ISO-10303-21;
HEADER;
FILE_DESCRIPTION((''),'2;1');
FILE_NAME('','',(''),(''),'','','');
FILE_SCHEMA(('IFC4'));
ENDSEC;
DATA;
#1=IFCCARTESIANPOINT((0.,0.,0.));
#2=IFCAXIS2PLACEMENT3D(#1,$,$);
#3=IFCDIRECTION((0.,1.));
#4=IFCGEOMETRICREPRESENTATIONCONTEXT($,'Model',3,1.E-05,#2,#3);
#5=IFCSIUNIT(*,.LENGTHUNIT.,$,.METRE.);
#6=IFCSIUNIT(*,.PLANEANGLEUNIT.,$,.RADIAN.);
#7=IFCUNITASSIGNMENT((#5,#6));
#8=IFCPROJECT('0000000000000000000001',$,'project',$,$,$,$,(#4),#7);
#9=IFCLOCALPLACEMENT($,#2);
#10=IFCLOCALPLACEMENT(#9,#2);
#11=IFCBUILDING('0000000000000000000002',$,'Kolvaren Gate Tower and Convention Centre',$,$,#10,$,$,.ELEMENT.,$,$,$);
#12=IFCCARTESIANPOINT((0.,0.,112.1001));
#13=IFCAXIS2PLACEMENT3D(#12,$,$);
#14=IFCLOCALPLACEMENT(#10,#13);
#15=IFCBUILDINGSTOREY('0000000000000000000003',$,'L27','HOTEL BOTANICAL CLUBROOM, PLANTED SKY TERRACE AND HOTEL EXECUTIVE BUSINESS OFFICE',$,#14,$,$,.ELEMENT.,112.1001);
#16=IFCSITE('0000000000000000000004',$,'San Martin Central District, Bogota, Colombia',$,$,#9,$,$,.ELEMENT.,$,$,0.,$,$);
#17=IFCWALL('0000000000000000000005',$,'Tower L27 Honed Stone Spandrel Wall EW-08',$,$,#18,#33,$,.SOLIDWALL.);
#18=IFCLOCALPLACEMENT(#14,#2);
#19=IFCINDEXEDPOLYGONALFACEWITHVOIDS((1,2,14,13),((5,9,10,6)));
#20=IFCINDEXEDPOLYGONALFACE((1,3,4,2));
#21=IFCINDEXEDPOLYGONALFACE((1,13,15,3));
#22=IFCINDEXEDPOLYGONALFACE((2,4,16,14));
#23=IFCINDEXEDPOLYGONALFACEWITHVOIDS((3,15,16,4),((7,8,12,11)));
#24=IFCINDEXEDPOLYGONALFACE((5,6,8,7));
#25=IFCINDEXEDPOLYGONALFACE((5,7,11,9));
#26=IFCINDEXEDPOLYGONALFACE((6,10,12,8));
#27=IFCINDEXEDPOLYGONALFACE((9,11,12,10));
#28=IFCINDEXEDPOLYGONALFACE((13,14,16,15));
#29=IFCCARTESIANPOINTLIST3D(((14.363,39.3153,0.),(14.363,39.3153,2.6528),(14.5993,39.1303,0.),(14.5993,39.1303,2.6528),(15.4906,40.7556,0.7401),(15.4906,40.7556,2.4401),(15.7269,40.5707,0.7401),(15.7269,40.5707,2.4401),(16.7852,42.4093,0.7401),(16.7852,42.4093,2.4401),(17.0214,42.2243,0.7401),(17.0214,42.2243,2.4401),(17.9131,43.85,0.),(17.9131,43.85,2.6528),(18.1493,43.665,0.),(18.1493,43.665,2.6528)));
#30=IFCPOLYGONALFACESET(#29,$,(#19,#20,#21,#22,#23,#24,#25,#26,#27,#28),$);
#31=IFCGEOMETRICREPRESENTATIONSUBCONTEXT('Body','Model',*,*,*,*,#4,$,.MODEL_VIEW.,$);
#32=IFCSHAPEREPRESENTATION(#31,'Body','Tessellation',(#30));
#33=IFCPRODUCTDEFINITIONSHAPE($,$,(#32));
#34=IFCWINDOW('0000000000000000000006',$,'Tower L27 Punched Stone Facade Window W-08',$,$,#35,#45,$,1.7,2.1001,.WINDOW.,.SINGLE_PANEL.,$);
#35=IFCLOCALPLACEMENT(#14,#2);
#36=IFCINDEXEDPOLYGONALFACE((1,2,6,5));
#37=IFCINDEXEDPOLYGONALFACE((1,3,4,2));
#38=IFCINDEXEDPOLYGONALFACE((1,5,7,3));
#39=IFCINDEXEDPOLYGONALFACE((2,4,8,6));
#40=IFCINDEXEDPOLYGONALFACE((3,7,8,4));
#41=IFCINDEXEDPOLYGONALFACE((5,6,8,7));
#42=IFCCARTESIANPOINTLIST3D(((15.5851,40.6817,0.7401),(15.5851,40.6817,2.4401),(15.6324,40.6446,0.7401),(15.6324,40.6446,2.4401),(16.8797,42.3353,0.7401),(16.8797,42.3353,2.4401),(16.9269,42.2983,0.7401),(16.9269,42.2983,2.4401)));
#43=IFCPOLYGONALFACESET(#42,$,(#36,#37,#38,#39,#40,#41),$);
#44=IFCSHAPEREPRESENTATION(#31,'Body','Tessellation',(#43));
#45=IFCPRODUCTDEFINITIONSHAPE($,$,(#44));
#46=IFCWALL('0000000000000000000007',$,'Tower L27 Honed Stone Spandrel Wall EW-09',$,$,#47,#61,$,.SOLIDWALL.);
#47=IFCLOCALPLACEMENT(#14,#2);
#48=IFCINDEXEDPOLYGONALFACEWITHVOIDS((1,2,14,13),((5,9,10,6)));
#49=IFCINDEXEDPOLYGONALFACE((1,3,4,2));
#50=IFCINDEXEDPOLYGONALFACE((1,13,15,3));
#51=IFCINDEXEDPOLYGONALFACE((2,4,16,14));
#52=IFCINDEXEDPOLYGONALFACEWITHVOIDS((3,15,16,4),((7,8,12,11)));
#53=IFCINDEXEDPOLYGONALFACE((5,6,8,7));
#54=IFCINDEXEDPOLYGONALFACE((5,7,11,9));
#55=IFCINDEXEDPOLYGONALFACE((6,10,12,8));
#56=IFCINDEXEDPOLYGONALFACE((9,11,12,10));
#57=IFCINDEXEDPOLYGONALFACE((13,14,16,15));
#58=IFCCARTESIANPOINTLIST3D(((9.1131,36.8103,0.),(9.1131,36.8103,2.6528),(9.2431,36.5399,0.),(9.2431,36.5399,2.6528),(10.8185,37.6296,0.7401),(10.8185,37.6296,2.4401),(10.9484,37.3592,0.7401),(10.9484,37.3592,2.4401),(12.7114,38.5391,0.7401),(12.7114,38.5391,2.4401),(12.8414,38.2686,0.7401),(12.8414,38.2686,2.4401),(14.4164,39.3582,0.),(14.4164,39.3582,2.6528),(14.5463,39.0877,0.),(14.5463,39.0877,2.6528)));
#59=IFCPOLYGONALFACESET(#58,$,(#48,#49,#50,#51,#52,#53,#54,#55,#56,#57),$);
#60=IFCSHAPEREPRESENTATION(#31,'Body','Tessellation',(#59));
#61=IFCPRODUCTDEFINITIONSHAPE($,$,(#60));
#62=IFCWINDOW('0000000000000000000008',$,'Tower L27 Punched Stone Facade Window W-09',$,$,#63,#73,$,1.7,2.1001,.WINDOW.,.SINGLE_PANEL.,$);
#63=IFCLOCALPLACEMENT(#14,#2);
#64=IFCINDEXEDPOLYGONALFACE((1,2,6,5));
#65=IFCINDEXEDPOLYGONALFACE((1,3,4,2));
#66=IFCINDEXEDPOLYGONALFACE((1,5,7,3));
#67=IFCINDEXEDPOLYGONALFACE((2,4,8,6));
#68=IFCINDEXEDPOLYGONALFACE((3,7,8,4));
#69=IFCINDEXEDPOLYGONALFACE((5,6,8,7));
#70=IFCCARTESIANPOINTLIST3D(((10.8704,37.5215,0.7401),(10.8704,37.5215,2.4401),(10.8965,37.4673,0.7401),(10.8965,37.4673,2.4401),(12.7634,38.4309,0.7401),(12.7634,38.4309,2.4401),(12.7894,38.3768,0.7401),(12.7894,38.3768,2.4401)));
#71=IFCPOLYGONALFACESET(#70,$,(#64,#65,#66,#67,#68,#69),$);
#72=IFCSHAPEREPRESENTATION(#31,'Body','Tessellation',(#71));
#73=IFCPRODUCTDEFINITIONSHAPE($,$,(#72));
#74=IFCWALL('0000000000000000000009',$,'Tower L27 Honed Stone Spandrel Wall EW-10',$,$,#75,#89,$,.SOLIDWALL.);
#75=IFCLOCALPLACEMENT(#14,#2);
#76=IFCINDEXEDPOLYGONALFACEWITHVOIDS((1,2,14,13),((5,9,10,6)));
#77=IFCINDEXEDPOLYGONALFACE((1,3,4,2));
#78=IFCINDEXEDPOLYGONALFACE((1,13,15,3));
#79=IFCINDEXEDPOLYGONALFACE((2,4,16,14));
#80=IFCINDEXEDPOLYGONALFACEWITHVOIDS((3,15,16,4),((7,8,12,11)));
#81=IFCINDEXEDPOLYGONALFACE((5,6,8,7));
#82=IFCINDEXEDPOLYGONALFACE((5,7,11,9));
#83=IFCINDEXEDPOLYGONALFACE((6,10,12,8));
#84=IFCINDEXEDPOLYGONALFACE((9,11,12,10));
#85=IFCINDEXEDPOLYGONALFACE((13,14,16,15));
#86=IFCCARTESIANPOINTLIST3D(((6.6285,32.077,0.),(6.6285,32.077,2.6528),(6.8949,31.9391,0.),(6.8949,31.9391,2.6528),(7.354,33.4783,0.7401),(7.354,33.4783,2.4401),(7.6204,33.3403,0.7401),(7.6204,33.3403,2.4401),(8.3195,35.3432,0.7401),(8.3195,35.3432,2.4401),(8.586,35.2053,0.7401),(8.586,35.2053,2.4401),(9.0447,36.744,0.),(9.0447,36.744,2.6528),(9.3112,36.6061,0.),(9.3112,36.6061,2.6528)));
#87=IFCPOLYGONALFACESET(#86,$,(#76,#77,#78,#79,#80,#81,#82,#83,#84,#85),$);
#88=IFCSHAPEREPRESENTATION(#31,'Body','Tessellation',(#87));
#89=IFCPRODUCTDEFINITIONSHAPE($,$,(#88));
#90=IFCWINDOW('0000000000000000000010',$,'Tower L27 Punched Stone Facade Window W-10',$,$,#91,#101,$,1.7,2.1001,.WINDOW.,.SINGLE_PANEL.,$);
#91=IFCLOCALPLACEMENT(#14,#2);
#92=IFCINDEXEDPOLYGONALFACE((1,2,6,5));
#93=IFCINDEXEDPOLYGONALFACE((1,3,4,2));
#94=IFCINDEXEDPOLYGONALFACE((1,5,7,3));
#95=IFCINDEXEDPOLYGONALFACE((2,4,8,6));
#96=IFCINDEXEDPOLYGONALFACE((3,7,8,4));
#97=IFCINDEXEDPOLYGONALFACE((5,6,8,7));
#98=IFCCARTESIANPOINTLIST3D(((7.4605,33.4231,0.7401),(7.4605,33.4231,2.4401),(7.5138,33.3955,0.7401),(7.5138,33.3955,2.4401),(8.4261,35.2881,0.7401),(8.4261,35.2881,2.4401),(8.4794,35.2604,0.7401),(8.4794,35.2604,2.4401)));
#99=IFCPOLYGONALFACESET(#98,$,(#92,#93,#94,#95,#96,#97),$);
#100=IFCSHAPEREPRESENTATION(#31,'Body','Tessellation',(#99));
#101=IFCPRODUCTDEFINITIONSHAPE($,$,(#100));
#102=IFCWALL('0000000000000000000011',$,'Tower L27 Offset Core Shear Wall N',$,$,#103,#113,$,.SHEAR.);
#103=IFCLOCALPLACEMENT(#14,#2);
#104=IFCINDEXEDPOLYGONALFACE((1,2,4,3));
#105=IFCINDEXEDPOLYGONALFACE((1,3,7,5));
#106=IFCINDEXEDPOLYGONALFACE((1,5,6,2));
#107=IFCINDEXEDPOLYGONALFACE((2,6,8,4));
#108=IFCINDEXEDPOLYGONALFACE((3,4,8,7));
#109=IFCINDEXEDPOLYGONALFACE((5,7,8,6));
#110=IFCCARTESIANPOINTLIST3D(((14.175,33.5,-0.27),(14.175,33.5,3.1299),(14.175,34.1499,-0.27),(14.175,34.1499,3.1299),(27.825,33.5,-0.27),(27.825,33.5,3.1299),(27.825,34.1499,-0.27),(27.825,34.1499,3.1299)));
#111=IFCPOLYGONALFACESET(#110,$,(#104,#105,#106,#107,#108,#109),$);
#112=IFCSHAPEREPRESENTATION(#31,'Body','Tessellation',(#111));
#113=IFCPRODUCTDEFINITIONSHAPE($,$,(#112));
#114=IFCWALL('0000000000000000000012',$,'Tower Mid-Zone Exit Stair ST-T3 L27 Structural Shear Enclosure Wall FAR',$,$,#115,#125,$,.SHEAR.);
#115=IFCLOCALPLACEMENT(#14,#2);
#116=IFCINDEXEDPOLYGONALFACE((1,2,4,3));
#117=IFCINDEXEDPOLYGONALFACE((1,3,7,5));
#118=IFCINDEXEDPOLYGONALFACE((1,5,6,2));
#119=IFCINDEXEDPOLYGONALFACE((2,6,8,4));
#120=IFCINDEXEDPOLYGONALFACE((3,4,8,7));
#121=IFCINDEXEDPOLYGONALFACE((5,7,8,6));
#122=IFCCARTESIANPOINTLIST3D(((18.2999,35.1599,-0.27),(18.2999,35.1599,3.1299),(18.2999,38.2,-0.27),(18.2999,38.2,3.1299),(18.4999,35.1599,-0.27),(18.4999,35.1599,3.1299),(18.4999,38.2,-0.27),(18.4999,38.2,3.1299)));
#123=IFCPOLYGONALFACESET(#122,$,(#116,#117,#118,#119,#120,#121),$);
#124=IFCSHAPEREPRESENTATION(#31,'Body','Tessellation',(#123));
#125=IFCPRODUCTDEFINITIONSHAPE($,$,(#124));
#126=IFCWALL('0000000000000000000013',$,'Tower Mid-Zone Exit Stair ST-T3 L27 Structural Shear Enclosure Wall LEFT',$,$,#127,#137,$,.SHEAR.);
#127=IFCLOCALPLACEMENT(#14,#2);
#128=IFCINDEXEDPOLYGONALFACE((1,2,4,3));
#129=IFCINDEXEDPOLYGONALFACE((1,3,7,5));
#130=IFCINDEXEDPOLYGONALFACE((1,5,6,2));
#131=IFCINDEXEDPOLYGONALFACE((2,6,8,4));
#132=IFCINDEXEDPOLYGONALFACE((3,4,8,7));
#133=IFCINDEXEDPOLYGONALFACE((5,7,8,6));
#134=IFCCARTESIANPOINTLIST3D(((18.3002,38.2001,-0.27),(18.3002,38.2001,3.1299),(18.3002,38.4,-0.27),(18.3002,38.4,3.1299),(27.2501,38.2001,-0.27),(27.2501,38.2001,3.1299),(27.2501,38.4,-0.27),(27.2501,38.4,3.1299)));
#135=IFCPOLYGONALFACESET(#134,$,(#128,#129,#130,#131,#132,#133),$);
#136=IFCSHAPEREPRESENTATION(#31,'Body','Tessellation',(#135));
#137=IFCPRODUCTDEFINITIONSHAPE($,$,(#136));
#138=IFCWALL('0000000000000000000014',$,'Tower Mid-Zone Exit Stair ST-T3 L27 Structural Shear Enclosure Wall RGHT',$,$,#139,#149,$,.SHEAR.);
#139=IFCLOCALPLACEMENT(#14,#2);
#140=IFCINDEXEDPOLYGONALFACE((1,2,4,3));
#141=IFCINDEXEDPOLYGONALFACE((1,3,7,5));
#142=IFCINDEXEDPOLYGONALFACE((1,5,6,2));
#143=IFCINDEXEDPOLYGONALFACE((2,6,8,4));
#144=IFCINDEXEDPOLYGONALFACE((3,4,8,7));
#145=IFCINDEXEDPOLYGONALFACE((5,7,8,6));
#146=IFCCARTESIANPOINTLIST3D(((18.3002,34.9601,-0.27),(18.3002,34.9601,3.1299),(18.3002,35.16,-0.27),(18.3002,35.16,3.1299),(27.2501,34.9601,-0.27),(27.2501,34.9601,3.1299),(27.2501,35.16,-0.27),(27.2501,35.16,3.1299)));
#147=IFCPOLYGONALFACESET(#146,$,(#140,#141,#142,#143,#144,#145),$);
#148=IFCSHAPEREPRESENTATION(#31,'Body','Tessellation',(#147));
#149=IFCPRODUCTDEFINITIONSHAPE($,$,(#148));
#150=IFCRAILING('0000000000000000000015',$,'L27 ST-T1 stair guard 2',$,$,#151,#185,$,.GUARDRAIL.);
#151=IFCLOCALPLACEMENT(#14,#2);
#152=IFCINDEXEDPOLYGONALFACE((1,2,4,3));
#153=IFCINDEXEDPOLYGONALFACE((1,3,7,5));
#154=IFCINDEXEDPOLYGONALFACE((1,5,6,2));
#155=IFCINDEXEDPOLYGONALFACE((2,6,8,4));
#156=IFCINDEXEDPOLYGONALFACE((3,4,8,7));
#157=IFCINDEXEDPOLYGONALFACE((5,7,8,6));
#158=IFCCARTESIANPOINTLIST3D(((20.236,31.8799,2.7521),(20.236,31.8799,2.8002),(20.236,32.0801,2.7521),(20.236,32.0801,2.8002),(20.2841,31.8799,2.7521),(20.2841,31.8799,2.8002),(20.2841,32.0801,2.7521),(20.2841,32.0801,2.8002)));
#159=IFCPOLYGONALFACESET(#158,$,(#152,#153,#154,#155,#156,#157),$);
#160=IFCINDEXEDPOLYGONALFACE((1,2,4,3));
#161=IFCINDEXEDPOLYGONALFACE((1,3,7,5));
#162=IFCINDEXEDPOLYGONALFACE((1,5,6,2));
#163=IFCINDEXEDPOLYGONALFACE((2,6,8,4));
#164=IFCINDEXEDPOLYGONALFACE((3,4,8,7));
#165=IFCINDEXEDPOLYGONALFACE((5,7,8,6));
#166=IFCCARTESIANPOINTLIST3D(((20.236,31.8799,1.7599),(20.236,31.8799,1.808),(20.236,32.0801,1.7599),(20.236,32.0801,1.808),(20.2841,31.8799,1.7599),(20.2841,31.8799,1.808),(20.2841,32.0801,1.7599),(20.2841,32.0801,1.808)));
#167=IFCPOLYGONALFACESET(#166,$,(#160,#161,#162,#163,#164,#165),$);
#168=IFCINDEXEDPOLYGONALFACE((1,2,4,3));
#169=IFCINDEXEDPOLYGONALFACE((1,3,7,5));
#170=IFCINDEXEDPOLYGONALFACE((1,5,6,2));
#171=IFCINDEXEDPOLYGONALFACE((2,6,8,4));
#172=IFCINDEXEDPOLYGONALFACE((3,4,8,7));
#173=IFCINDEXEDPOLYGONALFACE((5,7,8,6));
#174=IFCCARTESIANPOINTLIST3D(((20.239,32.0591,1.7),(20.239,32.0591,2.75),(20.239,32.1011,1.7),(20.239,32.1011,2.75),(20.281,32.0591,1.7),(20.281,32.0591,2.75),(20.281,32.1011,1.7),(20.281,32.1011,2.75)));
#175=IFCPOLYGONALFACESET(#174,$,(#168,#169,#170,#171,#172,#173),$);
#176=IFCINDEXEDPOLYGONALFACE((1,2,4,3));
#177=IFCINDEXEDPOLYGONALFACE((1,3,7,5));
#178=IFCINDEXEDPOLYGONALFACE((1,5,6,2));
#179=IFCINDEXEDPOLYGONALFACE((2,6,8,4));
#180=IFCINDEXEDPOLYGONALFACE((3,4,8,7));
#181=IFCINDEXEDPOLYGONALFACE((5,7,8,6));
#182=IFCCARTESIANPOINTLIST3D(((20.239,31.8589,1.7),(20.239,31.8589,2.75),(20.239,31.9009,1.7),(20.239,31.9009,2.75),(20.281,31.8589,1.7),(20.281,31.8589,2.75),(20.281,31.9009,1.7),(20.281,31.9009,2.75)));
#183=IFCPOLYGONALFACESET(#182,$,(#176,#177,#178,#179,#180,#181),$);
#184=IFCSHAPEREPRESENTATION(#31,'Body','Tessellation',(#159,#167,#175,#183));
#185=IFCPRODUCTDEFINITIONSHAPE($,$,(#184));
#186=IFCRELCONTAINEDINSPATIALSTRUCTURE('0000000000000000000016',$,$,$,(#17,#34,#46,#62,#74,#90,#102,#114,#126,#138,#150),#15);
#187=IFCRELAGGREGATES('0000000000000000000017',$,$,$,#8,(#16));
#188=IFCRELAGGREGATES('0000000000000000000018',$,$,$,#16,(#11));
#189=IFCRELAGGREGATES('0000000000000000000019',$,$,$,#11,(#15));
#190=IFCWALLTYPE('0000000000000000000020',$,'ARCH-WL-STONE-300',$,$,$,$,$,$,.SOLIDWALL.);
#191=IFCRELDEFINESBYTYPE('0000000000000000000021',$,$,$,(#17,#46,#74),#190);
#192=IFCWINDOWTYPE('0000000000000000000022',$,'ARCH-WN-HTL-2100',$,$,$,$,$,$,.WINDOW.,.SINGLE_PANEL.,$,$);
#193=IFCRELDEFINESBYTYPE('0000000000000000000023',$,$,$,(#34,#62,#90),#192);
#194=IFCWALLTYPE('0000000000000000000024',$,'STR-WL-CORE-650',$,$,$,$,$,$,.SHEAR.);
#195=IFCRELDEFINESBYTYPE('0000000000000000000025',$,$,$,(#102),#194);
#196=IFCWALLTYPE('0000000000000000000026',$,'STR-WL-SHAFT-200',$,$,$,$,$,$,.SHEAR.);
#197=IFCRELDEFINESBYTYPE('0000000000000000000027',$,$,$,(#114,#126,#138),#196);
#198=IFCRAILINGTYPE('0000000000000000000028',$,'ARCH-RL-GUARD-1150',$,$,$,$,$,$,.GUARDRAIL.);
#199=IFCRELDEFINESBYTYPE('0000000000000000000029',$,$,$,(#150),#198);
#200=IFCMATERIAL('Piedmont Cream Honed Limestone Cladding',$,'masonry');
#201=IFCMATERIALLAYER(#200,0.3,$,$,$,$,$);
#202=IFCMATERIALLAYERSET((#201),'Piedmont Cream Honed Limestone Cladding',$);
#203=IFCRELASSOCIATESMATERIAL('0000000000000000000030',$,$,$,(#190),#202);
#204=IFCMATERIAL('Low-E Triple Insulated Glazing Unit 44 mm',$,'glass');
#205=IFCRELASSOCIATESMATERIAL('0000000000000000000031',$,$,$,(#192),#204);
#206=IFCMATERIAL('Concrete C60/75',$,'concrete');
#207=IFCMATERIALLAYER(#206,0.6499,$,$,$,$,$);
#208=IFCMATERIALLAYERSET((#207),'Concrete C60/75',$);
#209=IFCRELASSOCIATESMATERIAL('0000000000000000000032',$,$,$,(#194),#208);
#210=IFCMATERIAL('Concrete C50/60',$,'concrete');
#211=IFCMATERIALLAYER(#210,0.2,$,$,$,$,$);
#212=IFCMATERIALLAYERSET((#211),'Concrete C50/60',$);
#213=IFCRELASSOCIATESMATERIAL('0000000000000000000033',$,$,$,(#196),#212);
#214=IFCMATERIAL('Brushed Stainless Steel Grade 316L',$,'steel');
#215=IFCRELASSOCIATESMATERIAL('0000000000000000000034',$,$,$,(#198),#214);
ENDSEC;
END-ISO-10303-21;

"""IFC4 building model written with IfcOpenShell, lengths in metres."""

from ifc_helpers import new_model, si_unit, direction, frame, frame_2d, origin, origin_2d, place, context, subcontext, project, spatial, rectangle, extrude, material, layer, layer_set, type_object, element, fill, save


model = new_model("IFC4")

# Units and contexts
model_context = context("Model", 3, precision=1e-05, world=origin(), true_north=direction((0.0, 1.0)))
body_context = subcontext(model_context, "Body", "Model", "MODEL_VIEW")
ifc_project = project(units=[si_unit("LENGTHUNIT", "METRE"), si_unit("PLANEANGLEUNIT", "RADIAN")], contexts=[model_context])

# Site, building, storey
site_placement = place(None, origin())
site = spatial("IfcSite", under=ifc_project, at=site_placement, Name="San Martin Central District, Bogota, Colombia", CompositionType="ELEMENT", RefElevation=0.0)
building_placement = place(site_placement, origin())
building = spatial("IfcBuilding", under=site, at=building_placement, Name="Kolvaren Gate Tower and Convention Centre", CompositionType="ELEMENT")
storey_placement = place(building_placement, frame((0.0, 0.0, 112.1001)))
storey = spatial("IfcBuildingStorey", under=building, at=storey_placement, Name="L27", Description="HOTEL BOTANICAL CLUBROOM, PLANTED SKY TERRACE AND HOTEL EXECUTIVE BUSINESS OFFICE", CompositionType="ELEMENT", Elevation=112.1001)

# Shared definitions
ifc_material_1 = material(Name="Concrete C60/75", Category="concrete")

# Walls, openings, windows
ifc_material_2 = material(Name="Piedmont Cream Honed Limestone Cladding", Category="masonry")
ifc_layer_1 = layer(ifc_material_2, 0.3)
ifc_layer_set_1 = layer_set([ifc_layer_1], Name="Piedmont Cream Honed Limestone Cladding")
wall_type_1 = type_object("IfcWallType", Name="ARCH-WL-STONE-300", PredefinedType="SOLIDWALL", material=ifc_layer_set_1)
ifc_material_3 = material(Name="Low-E Triple Insulated Glazing Unit 44 mm", Category="glass")
window_type = type_object("IfcWindowType", Name="ARCH-WN-HTL-2100", PartitioningType="SINGLE_PANEL", PredefinedType="WINDOW", material=ifc_material_3)
wall_1_placement = place(storey_placement, frame((14.4812, 39.2229, 0.0), z_axis=(0.0, 0.0, 1.0), x_axis=(0.616435, 0.787406, 0.0)))
wall_1 = element("IfcWall", 1, at=wall_1_placement, inside=storey, type_object=wall_type_1, Name="Tower L27 Honed Stone Spandrel Wall EW-08", PredefinedType="SOLIDWALL", context=body_context, shape_type="SweptSolid", body=[
    extrude(rectangle(XDim=5.759, YDim=0.3, at=frame_2d((2.8794, 0.0))), origin(), (0.0, 0.0, 1.0), 2.6528),
])
opening_1_placement = place(wall_1_placement, frame((1.8291, 0.0, 0.74)))
opening_1 = element("IfcOpeningElement", 2, at=opening_1_placement, cuts=wall_1, PredefinedType="OPENING", context=body_context, shape_type="SweptSolid", body=[
    extrude(rectangle(XDim=2.1001, YDim=1.7, at=frame_2d((1.05, 0.8501))), frame((0.0, 0.1599, 0.0), z_axis=(0.0, -1.0, 0.0), x_axis=(1.0, 0.0, 0.0)), (0.0, 0.0, 1.0), 0.3201),
])
window_1_placement = place(opening_1_placement, origin())
window_1 = element("IfcWindow", 3, at=window_1_placement, inside=storey, type_object=window_type, Name="Tower L27 Punched Stone Facade Window W-08", OverallHeight=1.7, OverallWidth=2.1001, PartitioningType="SINGLE_PANEL", PredefinedType="WINDOW", context=body_context, shape_type="SweptSolid", body=[
    extrude(rectangle(XDim=2.1001, YDim=1.7, at=frame_2d((1.05, 0.8501))), frame((0.0, 0.03, 0.0), z_axis=(0.0, -1.0, 0.0), x_axis=(1.0, 0.0, 0.0)), (0.0, 0.0, 1.0), 0.0601),
])
fill(opening_1, window_1)
wall_2_placement = place(storey_placement, frame((9.178, 36.675, 0.0), z_axis=(0.0, 0.0, 1.0), x_axis=(0.90137, 0.433049, 0.0)))
wall_2 = element("IfcWall", 4, at=wall_2_placement, inside=storey, type_object=wall_type_1, Name="Tower L27 Honed Stone Spandrel Wall EW-09", PredefinedType="SOLIDWALL", context=body_context, shape_type="SweptSolid", body=[
    extrude(rectangle(XDim=5.8835, YDim=0.3, at=frame_2d((2.9419, 0.0))), origin(), (0.0, 0.0, 1.0), 2.6528),
])
opening_2_placement = place(wall_2_placement, frame((1.8921, 0.0, 0.74)))
opening_2 = element("IfcOpeningElement", 5, at=opening_2_placement, cuts=wall_2, PredefinedType="OPENING", context=body_context, shape_type="SweptSolid", body=[
    extrude(rectangle(XDim=2.1001, YDim=1.7, at=frame_2d((1.05, 0.8501))), frame((0.0, 0.1599, 0.0), z_axis=(0.0, -1.0, 0.0), x_axis=(1.0, 0.0, 0.0)), (0.0, 0.0, 1.0), 0.3201),
])
window_2_placement = place(opening_2_placement, origin())
window_2 = element("IfcWindow", 6, at=window_2_placement, inside=storey, type_object=window_type, Name="Tower L27 Punched Stone Facade Window W-09", OverallHeight=1.7, OverallWidth=2.1001, PartitioningType="SINGLE_PANEL", PredefinedType="WINDOW", context=body_context, shape_type="SweptSolid", body=[
    extrude(rectangle(XDim=2.1001, YDim=1.7, at=frame_2d((1.05, 0.8501))), frame((0.0, 0.03, 0.0), z_axis=(0.0, -1.0, 0.0), x_axis=(1.0, 0.0, 0.0)), (0.0, 0.0, 1.0), 0.0601),
])
fill(opening_2, window_2)
wall_3_placement = place(storey_placement, frame((6.7617, 32.0081, 0.0), z_axis=(0.0, 0.0, 1.0), x_axis=(0.459768, 0.888039, 0.0)))
wall_3 = element("IfcWall", 7, at=wall_3_placement, inside=storey, type_object=wall_type_1, Name="Tower L27 Honed Stone Spandrel Wall EW-10", PredefinedType="SOLIDWALL", context=body_context, shape_type="SweptSolid", body=[
    extrude(rectangle(XDim=5.2554, YDim=0.3, at=frame_2d((2.6277, 0.0))), origin(), (0.0, 0.0, 1.0), 2.6528),
])
opening_3_placement = place(wall_3_placement, frame((1.5779, 0.0, 0.74)))
opening_3 = element("IfcOpeningElement", 8, at=opening_3_placement, cuts=wall_3, PredefinedType="OPENING", context=body_context, shape_type="SweptSolid", body=[
    extrude(rectangle(XDim=2.1001, YDim=1.7, at=frame_2d((1.05, 0.8501))), frame((0.0, 0.1599, 0.0), z_axis=(0.0, -1.0, 0.0), x_axis=(1.0, 0.0, 0.0)), (0.0, 0.0, 1.0), 0.3201),
])
window_3_placement = place(opening_3_placement, origin())
window_3 = element("IfcWindow", 9, at=window_3_placement, inside=storey, type_object=window_type, Name="Tower L27 Punched Stone Facade Window W-10", OverallHeight=1.7, OverallWidth=2.1001, PartitioningType="SINGLE_PANEL", PredefinedType="WINDOW", context=body_context, shape_type="SweptSolid", body=[
    extrude(rectangle(XDim=2.1001, YDim=1.7, at=frame_2d((1.05, 0.8501))), frame((0.0, 0.03, 0.0), z_axis=(0.0, -1.0, 0.0), x_axis=(1.0, 0.0, 0.0)), (0.0, 0.0, 1.0), 0.0601),
])
fill(opening_3, window_3)

# Walls
ifc_layer_2 = layer(ifc_material_1, 0.6499)
ifc_layer_set_2 = layer_set([ifc_layer_2], Name="Concrete C60/75")
wall_type_2 = type_object("IfcWallType", Name="STR-WL-CORE-650", PredefinedType="SHEAR", material=ifc_layer_set_2)
wall_4_placement = place(storey_placement, frame((14.175, 33.825, -0.27), z_axis=(0.0, 0.0, 1.0), x_axis=(1.0, 0.0, 0.0)))
element("IfcWall", 10, at=wall_4_placement, inside=storey, type_object=wall_type_2, Name="Tower L27 Offset Core Shear Wall N", PredefinedType="SHEAR", context=body_context, shape_type="SweptSolid", body=[
    extrude(rectangle(XDim=13.6499, YDim=0.6499, at=frame_2d((6.825, 0.0))), origin(), (0.0, 0.0, 1.0), 3.3999),
])
ifc_material_4 = material(Name="Concrete C50/60", Category="concrete")
ifc_layer_3 = layer(ifc_material_4, 0.2)
ifc_layer_set_3 = layer_set([ifc_layer_3], Name="Concrete C50/60")
wall_type_3 = type_object("IfcWallType", Name="STR-WL-SHAFT-200", PredefinedType="SHEAR", material=ifc_layer_set_3)
wall_5_placement = place(storey_placement, frame((18.3999, 35.1599, -0.27), z_axis=(0.0, 0.0, 1.0), x_axis=(0.0, 1.0, 0.0)))
element("IfcWall", 11, at=wall_5_placement, inside=storey, type_object=wall_type_3, Name="Tower Mid-Zone Exit Stair ST-T3 L27 Structural Shear Enclosure Wall FAR", PredefinedType="SHEAR", context=body_context, shape_type="SweptSolid", body=[
    extrude(rectangle(XDim=3.04, YDim=0.2, at=frame_2d((1.52, 0.0))), origin(), (0.0, 0.0, 1.0), 3.3999),
])
for number, where, z_axis, x_axis, name in (
    (12, (18.3, 38.3, -0.27), (0.0, 0.0, 1.0), (1.0, 0.0, 0.0), "Tower Mid-Zone Exit Stair ST-T3 L27 Structural Shear Enclosure Wall LEFT"),
    (13, (18.3, 35.0601, -0.27), (0.0, 0.0, 1.0), (1.0, 0.0, 0.0), "Tower Mid-Zone Exit Stair ST-T3 L27 Structural Shear Enclosure Wall RGHT"),
):
    element("IfcWall", number, at=place(storey_placement, frame(where, z_axis=z_axis, x_axis=x_axis)), inside=storey, type_object=wall_type_3, Name=name, PredefinedType="SHEAR", context=body_context, shape_type="SweptSolid", body=[
        extrude(rectangle(XDim=8.95, YDim=0.2, at=frame_2d((4.4751, 0.0))), origin(), (0.0, 0.0, 1.0), 3.3999),
    ])

# Railing
ifc_material_5 = material(Name="Brushed Stainless Steel Grade 316L", Category="steel")
railing_type_1 = type_object("IfcRailingType", Name="ARCH-RL-GUARD-1150", PredefinedType="GUARDRAIL", material=ifc_material_5)
railing_1_placement = place(storey_placement, frame((20.26, 32.0801, 1.7)))
element("IfcRailing", 14, at=railing_1_placement, inside=storey, type_object=railing_type_1, Name="L27 ST-T1 stair guard 2", PredefinedType="GUARDRAIL", context=body_context, shape_type="SweptSolid", body=[
    extrude(rectangle(XDim=0.0481, YDim=0.0481, at=origin_2d()), frame((0.0, 0.0, 1.0762), z_axis=(0.0, -1.0, 0.0), x_axis=(1.0, 0.0, 0.0)), (0.0, 0.0, 1.0), 0.2002),
    extrude(rectangle(XDim=0.0481, YDim=0.0481, at=origin_2d()), frame((0.0, 0.0, 0.084), z_axis=(0.0, -1.0, 0.0), x_axis=(1.0, 0.0, 0.0)), (0.0, 0.0, 1.0), 0.2002),
    extrude(rectangle(XDim=0.042, YDim=0.042, at=origin_2d()), origin(), (0.0, 0.0, 1.0), 1.05),
    extrude(rectangle(XDim=0.042, YDim=0.042, at=origin_2d()), frame((0.0, -0.2002, 0.0)), (0.0, 0.0, 1.0), 1.05),
])

save(model, "model.ifc")
